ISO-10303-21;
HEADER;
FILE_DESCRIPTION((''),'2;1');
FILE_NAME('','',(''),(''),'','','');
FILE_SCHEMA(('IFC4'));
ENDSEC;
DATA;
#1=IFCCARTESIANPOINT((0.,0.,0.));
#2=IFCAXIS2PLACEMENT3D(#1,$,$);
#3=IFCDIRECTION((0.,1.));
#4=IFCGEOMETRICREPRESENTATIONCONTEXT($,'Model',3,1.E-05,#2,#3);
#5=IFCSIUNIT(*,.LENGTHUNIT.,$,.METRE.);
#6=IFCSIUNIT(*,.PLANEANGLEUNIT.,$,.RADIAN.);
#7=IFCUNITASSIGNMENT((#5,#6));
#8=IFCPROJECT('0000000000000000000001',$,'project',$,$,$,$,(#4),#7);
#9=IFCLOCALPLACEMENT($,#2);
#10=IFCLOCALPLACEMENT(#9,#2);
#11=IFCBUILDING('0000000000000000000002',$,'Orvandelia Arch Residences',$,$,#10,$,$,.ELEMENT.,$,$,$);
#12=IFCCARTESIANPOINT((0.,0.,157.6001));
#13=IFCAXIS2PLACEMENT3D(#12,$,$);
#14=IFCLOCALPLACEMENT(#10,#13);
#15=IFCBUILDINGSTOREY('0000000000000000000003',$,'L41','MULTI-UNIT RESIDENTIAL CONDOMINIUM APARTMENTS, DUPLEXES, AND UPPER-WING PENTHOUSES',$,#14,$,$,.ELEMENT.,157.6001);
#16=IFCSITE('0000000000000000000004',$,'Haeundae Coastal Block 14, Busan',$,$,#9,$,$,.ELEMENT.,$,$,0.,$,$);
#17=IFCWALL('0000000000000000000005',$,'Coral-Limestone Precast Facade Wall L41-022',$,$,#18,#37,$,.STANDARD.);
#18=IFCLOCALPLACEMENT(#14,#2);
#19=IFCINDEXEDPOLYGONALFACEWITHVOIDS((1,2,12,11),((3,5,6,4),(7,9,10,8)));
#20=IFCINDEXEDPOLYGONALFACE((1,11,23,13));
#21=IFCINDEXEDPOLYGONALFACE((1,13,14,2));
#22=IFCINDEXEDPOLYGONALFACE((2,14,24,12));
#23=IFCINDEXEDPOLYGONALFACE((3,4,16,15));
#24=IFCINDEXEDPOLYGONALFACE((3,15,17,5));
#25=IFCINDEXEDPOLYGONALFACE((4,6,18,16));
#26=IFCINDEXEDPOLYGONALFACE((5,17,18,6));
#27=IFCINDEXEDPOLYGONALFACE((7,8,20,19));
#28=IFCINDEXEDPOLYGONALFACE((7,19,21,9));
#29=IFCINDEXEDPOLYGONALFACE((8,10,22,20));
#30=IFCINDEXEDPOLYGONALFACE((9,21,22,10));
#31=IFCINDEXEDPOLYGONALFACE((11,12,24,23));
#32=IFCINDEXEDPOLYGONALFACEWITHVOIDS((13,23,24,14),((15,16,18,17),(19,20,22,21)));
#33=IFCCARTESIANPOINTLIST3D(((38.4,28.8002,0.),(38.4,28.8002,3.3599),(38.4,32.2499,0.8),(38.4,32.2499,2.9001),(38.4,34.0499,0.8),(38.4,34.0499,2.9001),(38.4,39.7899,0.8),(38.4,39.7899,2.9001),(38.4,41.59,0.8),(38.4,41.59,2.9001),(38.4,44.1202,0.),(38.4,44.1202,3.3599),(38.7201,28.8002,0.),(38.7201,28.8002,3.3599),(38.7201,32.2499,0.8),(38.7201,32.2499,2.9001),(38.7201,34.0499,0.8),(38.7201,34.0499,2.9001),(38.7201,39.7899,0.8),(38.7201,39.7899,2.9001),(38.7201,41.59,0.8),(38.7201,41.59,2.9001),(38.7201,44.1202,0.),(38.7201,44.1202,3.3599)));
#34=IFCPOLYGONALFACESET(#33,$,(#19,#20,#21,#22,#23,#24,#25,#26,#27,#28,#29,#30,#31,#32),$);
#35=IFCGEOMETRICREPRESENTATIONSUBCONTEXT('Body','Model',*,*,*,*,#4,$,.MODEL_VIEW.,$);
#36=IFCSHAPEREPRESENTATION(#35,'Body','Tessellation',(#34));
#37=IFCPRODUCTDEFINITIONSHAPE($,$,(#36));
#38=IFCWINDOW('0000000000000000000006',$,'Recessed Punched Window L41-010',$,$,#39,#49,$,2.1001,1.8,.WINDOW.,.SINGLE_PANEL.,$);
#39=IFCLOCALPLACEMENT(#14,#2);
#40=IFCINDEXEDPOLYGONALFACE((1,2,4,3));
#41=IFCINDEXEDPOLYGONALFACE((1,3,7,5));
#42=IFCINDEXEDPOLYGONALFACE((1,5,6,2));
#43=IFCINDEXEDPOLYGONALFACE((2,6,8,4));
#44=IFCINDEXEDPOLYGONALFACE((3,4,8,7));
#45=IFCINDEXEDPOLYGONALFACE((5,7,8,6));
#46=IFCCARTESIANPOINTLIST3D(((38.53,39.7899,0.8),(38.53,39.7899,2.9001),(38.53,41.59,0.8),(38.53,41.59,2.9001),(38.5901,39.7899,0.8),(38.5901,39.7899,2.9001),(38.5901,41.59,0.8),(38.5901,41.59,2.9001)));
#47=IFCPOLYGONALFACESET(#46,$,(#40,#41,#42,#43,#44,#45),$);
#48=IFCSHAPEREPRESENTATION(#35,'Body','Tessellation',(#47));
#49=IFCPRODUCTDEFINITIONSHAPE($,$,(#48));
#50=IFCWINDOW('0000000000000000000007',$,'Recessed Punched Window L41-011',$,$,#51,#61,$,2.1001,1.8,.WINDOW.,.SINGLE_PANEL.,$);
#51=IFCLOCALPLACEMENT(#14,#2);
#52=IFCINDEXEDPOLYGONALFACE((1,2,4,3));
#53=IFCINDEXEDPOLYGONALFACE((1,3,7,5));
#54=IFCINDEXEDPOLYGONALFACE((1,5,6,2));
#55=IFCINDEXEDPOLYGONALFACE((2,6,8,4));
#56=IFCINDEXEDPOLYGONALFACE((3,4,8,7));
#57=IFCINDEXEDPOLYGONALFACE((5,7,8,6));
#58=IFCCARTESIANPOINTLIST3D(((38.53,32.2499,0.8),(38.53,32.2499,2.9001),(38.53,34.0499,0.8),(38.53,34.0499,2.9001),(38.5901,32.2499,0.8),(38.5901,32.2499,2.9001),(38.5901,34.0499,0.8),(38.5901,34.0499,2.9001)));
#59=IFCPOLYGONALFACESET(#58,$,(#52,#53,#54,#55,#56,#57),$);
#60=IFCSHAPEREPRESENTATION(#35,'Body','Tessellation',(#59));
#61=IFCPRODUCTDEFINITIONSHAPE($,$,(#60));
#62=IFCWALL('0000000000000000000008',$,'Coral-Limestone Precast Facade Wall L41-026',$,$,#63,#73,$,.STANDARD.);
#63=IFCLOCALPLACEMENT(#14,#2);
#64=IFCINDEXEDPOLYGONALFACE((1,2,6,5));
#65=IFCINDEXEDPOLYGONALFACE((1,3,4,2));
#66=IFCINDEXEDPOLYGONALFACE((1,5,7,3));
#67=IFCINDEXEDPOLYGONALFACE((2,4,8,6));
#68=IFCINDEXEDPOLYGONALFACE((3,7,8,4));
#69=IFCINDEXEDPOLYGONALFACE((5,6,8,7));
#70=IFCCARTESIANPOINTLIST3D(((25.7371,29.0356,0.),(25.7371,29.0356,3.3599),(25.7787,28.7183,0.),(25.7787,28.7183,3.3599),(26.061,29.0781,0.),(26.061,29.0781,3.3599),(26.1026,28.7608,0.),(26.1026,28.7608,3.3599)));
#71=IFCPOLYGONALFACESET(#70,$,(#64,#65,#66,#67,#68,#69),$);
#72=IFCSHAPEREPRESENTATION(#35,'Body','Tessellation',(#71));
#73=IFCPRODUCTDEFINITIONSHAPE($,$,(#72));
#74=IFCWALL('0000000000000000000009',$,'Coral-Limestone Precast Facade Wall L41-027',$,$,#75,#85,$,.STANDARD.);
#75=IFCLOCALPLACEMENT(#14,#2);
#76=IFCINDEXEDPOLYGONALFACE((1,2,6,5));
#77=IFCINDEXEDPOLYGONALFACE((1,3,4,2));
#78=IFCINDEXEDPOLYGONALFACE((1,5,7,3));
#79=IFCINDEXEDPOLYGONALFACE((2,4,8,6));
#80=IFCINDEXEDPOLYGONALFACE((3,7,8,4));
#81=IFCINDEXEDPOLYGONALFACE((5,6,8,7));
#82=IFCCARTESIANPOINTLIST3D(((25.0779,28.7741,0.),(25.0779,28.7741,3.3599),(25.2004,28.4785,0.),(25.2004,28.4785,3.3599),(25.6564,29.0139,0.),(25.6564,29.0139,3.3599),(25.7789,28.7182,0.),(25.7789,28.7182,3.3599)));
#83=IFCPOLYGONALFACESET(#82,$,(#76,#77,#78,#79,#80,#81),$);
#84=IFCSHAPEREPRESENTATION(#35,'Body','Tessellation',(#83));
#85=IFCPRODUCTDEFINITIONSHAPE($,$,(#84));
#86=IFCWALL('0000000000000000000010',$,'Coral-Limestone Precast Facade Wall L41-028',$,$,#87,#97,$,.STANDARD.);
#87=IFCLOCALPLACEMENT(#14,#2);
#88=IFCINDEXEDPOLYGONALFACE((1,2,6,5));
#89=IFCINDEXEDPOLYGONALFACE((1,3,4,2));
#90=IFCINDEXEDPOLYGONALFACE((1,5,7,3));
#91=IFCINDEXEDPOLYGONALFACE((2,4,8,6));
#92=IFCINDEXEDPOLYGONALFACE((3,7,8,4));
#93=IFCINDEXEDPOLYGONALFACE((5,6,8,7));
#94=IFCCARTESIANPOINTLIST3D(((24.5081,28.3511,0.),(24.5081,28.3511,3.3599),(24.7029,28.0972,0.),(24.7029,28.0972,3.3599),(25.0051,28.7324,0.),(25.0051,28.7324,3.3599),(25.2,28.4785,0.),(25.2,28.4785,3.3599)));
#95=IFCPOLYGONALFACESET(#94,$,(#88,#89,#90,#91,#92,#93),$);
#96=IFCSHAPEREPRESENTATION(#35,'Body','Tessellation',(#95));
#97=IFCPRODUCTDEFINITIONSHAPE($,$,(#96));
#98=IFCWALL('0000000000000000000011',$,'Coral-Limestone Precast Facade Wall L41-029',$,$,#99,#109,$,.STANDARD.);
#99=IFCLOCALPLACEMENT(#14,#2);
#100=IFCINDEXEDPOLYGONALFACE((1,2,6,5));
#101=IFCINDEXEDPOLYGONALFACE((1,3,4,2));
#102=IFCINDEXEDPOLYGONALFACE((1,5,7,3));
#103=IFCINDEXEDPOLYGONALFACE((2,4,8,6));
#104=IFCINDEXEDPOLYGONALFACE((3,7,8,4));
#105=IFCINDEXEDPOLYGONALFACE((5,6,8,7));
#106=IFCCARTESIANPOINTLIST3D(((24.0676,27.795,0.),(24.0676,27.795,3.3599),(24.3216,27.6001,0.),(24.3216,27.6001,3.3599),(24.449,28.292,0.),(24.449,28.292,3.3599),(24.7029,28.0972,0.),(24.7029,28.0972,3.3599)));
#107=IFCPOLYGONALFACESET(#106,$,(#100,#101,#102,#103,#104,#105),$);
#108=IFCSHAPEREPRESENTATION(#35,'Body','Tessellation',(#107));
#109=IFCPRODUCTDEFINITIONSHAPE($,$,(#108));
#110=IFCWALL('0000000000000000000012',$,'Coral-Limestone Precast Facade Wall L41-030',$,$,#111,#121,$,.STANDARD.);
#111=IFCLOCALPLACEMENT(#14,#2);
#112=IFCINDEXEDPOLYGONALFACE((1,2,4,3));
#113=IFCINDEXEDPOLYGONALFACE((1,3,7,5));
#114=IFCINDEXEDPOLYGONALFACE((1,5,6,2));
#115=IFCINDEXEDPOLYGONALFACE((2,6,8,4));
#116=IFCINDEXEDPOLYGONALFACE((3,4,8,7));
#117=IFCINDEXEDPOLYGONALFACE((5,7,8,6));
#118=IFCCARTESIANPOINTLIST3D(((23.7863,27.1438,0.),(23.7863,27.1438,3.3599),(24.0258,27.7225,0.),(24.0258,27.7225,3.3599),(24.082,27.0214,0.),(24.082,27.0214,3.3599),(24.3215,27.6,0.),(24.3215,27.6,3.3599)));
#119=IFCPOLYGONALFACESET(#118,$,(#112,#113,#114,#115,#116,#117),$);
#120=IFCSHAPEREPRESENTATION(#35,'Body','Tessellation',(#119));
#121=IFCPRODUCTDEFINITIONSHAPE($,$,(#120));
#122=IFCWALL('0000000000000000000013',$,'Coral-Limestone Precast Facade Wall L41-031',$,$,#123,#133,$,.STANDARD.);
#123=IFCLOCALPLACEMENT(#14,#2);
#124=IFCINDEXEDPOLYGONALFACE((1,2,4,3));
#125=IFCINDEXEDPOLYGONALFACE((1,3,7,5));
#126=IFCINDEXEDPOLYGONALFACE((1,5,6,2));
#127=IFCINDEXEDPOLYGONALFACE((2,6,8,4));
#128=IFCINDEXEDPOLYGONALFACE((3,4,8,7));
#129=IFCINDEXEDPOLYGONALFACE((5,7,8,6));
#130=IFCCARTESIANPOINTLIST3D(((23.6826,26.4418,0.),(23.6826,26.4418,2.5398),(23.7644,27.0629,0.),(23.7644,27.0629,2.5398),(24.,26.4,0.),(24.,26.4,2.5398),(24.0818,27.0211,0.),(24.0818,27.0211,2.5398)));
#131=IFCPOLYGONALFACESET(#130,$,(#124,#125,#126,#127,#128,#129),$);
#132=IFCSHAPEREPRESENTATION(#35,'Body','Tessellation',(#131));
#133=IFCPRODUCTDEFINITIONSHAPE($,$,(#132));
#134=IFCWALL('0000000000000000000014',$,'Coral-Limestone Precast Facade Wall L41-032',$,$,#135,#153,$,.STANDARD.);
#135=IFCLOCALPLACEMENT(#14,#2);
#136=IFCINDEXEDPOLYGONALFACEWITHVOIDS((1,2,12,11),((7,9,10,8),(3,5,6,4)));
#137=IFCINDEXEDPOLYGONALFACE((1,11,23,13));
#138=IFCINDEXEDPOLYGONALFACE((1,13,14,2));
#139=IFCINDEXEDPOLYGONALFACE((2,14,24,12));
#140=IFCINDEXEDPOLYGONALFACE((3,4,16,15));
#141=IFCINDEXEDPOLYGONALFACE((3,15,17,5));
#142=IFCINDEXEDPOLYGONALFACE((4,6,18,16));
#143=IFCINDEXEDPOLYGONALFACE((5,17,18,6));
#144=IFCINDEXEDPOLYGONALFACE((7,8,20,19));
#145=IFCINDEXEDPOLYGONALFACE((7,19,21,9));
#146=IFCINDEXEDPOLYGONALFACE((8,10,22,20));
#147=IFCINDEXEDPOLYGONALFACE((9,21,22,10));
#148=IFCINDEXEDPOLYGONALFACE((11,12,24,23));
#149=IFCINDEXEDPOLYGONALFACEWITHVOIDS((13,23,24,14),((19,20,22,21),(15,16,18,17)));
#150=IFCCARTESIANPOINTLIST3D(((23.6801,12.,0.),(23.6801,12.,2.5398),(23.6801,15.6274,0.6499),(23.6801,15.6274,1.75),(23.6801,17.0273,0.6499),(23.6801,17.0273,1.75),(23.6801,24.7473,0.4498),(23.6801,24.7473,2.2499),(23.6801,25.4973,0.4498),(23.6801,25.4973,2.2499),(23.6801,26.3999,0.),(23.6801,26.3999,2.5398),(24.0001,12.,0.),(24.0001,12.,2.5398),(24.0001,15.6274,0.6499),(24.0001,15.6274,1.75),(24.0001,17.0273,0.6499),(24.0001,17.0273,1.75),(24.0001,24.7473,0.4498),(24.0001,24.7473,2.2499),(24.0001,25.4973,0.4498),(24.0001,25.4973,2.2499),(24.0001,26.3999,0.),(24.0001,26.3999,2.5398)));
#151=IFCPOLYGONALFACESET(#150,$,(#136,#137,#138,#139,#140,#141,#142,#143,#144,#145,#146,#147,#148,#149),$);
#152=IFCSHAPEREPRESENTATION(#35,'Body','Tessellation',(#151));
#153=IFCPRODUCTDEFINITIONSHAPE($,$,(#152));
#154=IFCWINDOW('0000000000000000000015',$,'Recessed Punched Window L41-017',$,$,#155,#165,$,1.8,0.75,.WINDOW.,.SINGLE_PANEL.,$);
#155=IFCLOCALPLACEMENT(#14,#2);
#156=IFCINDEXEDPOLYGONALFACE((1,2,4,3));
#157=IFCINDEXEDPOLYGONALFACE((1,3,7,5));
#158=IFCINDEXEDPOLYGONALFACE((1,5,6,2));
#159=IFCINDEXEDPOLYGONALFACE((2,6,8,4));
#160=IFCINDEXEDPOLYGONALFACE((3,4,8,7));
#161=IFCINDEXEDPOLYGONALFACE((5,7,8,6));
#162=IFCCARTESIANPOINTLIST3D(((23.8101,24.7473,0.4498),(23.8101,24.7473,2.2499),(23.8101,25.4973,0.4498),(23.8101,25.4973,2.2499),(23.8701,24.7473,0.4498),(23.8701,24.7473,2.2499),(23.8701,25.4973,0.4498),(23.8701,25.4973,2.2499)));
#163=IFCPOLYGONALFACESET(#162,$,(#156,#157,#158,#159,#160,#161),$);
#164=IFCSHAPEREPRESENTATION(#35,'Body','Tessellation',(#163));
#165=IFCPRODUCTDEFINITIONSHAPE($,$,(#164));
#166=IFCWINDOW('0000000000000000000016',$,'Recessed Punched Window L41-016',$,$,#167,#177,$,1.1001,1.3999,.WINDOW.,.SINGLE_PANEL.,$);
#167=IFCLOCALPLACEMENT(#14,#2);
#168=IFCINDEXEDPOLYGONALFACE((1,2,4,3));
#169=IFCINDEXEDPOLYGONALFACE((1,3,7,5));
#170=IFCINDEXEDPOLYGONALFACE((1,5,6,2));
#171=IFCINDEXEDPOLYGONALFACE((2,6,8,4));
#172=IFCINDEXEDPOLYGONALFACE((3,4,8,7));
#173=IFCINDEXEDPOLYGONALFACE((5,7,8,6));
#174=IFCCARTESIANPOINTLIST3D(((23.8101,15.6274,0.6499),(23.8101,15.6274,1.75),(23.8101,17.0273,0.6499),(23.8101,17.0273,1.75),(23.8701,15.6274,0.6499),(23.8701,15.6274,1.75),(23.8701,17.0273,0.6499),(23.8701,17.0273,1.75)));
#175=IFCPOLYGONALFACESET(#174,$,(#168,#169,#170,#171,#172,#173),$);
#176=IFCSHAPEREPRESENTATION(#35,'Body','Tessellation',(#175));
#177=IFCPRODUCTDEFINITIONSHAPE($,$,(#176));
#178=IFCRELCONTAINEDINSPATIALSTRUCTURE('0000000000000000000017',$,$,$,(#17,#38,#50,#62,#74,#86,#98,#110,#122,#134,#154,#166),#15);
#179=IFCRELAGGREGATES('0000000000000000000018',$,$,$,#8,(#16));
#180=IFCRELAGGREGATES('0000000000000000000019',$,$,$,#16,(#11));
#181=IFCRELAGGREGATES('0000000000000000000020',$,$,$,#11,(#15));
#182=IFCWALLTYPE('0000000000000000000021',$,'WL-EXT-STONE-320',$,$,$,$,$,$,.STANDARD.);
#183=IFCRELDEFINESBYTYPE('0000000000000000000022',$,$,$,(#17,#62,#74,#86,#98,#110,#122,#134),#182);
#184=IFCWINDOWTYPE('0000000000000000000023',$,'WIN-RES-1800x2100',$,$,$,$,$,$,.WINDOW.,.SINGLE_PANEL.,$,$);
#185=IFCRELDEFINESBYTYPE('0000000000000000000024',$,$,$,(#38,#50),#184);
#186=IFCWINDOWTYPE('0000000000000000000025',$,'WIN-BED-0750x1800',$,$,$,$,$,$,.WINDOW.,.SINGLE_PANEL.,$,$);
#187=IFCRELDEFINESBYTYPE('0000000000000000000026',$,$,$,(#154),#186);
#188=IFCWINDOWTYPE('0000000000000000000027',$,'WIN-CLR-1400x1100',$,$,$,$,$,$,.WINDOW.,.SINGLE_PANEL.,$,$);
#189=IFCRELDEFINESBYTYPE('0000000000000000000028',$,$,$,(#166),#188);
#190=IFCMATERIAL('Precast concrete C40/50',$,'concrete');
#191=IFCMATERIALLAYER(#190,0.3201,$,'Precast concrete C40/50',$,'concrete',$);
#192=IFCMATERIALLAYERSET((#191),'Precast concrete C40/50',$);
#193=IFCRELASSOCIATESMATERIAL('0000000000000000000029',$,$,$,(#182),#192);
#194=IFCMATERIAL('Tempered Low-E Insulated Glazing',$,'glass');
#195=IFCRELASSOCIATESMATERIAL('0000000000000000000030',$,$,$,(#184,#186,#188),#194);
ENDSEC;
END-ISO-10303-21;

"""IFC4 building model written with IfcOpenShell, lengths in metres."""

from ifc_helpers import new_model, si_unit, direction, frame, frame_2d, origin, place, context, subcontext, project, spatial, rectangle, extrude, material, layer, layer_set, type_object, element, fill, save


model = new_model("IFC4")

# Units and contexts
model_context = context("Model", 3, precision=1e-05, world=origin(), true_north=direction((0.0, 1.0)))
body_context = subcontext(model_context, "Body", "Model", "MODEL_VIEW")
ifc_project = project(units=[si_unit("LENGTHUNIT", "METRE"), si_unit("PLANEANGLEUNIT", "RADIAN")], contexts=[model_context])

# Site, building, storey
site_placement = place(None, origin())
site = spatial("IfcSite", under=ifc_project, at=site_placement, Name="Haeundae Coastal Block 14, Busan", CompositionType="ELEMENT", RefElevation=0.0)
building_placement = place(site_placement, origin())
building = spatial("IfcBuilding", under=site, at=building_placement, Name="Orvandelia Arch Residences", CompositionType="ELEMENT")
storey_placement = place(building_placement, frame((0.0, 0.0, 157.6001)))
storey = spatial("IfcBuildingStorey", under=building, at=storey_placement, Name="L41", Description="MULTI-UNIT RESIDENTIAL CONDOMINIUM APARTMENTS, DUPLEXES, AND UPPER-WING PENTHOUSES", CompositionType="ELEMENT", Elevation=157.6001)

# Wall, openings, windows
ifc_material_1 = material(Name="Precast concrete C40/50", Category="concrete")
ifc_layer = layer(ifc_material_1, 0.3201, Name="Precast concrete C40/50", Category="concrete")
ifc_layer_set = layer_set([ifc_layer], Name="Precast concrete C40/50")
wall_type = type_object("IfcWallType", Name="WL-EXT-STONE-320", PredefinedType="STANDARD", material=ifc_layer_set)
wall_1_placement = place(storey_placement, frame((38.5601, 28.8, 0.0), z_axis=(0.0, 0.0, 1.0), x_axis=(0.0, 1.0, 0.0)))
wall_1 = element("IfcWall", 1, at=wall_1_placement, inside=storey, type_object=wall_type, Name="Coral-Limestone Precast Facade Wall L41-022", PredefinedType="STANDARD", context=body_context, shape_type="SweptSolid", body=[
    extrude(rectangle(XDim=15.3201, YDim=0.3201, at=frame_2d((7.6602, 0.0))), origin(), (0.0, 0.0, 1.0), 3.3599),
])
opening_1_placement = place(wall_1_placement, frame((10.99, 0.0, 0.8)))
opening_1 = element("IfcOpeningElement", 2, at=opening_1_placement, cuts=wall_1, PredefinedType="OPENING", context=body_context, shape_type="SweptSolid", body=[
    extrude(rectangle(XDim=1.8, YDim=2.1001, at=frame_2d((0.8999, 1.05))), frame((0.0, 0.1699, 0.0), z_axis=(0.0, -1.0, 0.0), x_axis=(1.0, 0.0, 0.0)), (0.0, 0.0, 1.0), 0.3401),
])
opening_2_placement = place(wall_1_placement, frame((3.45, 0.0, 0.8)))
opening_2 = element("IfcOpeningElement", 3, at=opening_2_placement, cuts=wall_1, PredefinedType="OPENING", context=body_context, shape_type="SweptSolid", body=[
    extrude(rectangle(XDim=1.8, YDim=2.1001, at=frame_2d((0.8999, 1.05))), frame((0.0, 0.1699, 0.0), z_axis=(0.0, -1.0, 0.0), x_axis=(1.0, 0.0, 0.0)), (0.0, 0.0, 1.0), 0.3401),
])
ifc_material_2 = material(Name="Tempered Low-E Insulated Glazing", Category="glass")
window_type_1 = type_object("IfcWindowType", Name="WIN-RES-1800x2100", PartitioningType="SINGLE_PANEL", PredefinedType="WINDOW", material=ifc_material_2)
window_1_placement = place(opening_1_placement, origin())
window_1 = element("IfcWindow", 4, at=window_1_placement, inside=storey, type_object=window_type_1, Name="Recessed Punched Window L41-010", OverallHeight=2.1001, OverallWidth=1.8, PartitioningType="SINGLE_PANEL", PredefinedType="WINDOW", context=body_context, shape_type="SweptSolid", body=[
    extrude(rectangle(XDim=1.8, YDim=2.1001, at=frame_2d((0.8999, 1.05))), frame((0.0, 0.03, 0.0), z_axis=(0.0, -1.0, 0.0), x_axis=(1.0, 0.0, 0.0)), (0.0, 0.0, 1.0), 0.0601),
])
fill(opening_1, window_1)
window_2_placement = place(opening_2_placement, origin())
window_2 = element("IfcWindow", 5, at=window_2_placement, inside=storey, type_object=window_type_1, Name="Recessed Punched Window L41-011", OverallHeight=2.1001, OverallWidth=1.8, PartitioningType="SINGLE_PANEL", PredefinedType="WINDOW", context=body_context, shape_type="SweptSolid", body=[
    extrude(rectangle(XDim=1.8, YDim=2.1001, at=frame_2d((0.8999, 1.05))), frame((0.0, 0.03, 0.0), z_axis=(0.0, -1.0, 0.0), x_axis=(1.0, 0.0, 0.0)), (0.0, 0.0, 1.0), 0.0601),
])
fill(opening_2, window_2)

# Walls
wall_2_placement = place(storey_placement, frame((26.0818, 28.9194, 0.0), z_axis=(0.0, 0.0, 1.0), x_axis=(-0.991513, -0.13001, 0.0)))
element("IfcWall", 6, at=wall_2_placement, inside=storey, type_object=wall_type, Name="Coral-Limestone Precast Facade Wall L41-026", PredefinedType="STANDARD", context=body_context, shape_type="SweptSolid", body=[
    extrude(rectangle(XDim=0.3267, YDim=0.3201, at=frame_2d((0.1633, 0.0))), origin(), (0.0, 0.0, 1.0), 3.3599),
])
wall_3_placement = place(storey_placement, frame((25.7175, 28.866, 0.0), z_axis=(0.0, 0.0, 1.0), x_axis=(-0.923836, -0.382788, 0.0)))
element("IfcWall", 7, at=wall_3_placement, inside=storey, type_object=wall_type, Name="Coral-Limestone Precast Facade Wall L41-027", PredefinedType="STANDARD", context=body_context, shape_type="SweptSolid", body=[
    extrude(rectangle(XDim=0.6262, YDim=0.3201, at=frame_2d((0.313, 0.0))), origin(), (0.0, 0.0, 1.0), 3.3599),
])
for number, where, z_axis, x_axis, name in (
    (8, (25.1025, 28.6055, 0.0), (0.0, 0.0, 1.0), (-0.793406, -0.608693, 0.0), "Coral-Limestone Precast Facade Wall L41-028"),
    (9, (24.5759, 28.1946, 0.0), (0.0, 0.0, 1.0), (-0.608693, -0.793406, 0.0), "Coral-Limestone Precast Facade Wall L41-029"),
):
    element("IfcWall", number, at=place(storey_placement, frame(where, z_axis=z_axis, x_axis=x_axis)), inside=storey, type_object=wall_type, Name=name, PredefinedType="STANDARD", context=body_context, shape_type="SweptSolid", body=[
        extrude(rectangle(XDim=0.6265, YDim=0.3201, at=frame_2d((0.3132, 0.0))), origin(), (0.0, 0.0, 1.0), 3.3599),
    ])
wall_4_placement = place(storey_placement, frame((24.1736, 27.6611, 0.0), z_axis=(0.0, 0.0, 1.0), x_axis=(-0.382455, -0.923974, 0.0)))
element("IfcWall", 10, at=wall_4_placement, inside=storey, type_object=wall_type, Name="Coral-Limestone Precast Facade Wall L41-030", PredefinedType="STANDARD", context=body_context, shape_type="SweptSolid", body=[
    extrude(rectangle(XDim=0.6262, YDim=0.3201, at=frame_2d((0.313, 0.0))), origin(), (0.0, 0.0, 1.0), 3.3599),
])
wall_5_placement = place(storey_placement, frame((23.9231, 27.042, 0.0), z_axis=(0.0, 0.0, 1.0), x_axis=(-0.130555, -0.991441, 0.0)))
element("IfcWall", 11, at=wall_5_placement, inside=storey, type_object=wall_type, Name="Coral-Limestone Precast Facade Wall L41-031", PredefinedType="STANDARD", context=body_context, shape_type="SweptSolid", body=[
    extrude(rectangle(XDim=0.6265, YDim=0.3201, at=frame_2d((0.3132, 0.0))), origin(), (0.0, 0.0, 1.0), 2.5398),
])

# Wall, openings, windows
wall_6_placement = place(storey_placement, frame((23.8401, 26.3999, 0.0), z_axis=(0.0, 0.0, 1.0), x_axis=(0.0, -1.0, 0.0)))
wall_6 = element("IfcWall", 12, at=wall_6_placement, inside=storey, type_object=wall_type, Name="Coral-Limestone Precast Facade Wall L41-032", PredefinedType="STANDARD", context=body_context, shape_type="SweptSolid", body=[
    extrude(rectangle(XDim=14.3999, YDim=0.3201, at=frame_2d((7.2, 0.0))), origin(), (0.0, 0.0, 1.0), 2.5398),
])
opening_3_placement = place(wall_6_placement, frame((9.3726, 0.0, 0.6499)))
opening_3 = element("IfcOpeningElement", 13, at=opening_3_placement, cuts=wall_6, PredefinedType="OPENING", context=body_context, shape_type="SweptSolid", body=[
    extrude(rectangle(XDim=1.3999, YDim=1.1001, at=frame_2d((0.7, 0.55))), frame((0.0, 0.1699, 0.0), z_axis=(0.0, -1.0, 0.0), x_axis=(1.0, 0.0, 0.0)), (0.0, 0.0, 1.0), 0.3401),
])
opening_4_placement = place(wall_6_placement, frame((0.9026, 0.0, 0.45)))
opening_4 = element("IfcOpeningElement", 14, at=opening_4_placement, cuts=wall_6, PredefinedType="OPENING", context=body_context, shape_type="SweptSolid", body=[
    extrude(rectangle(XDim=0.75, YDim=1.8, at=frame_2d((0.375, 0.8999))), frame((0.0, 0.1699, 0.0), z_axis=(0.0, -1.0, 0.0), x_axis=(1.0, 0.0, 0.0)), (0.0, 0.0, 1.0), 0.3401),
])
window_type_2 = type_object("IfcWindowType", Name="WIN-BED-0750x1800", PartitioningType="SINGLE_PANEL", PredefinedType="WINDOW", material=ifc_material_2)
window_3_placement = place(opening_4_placement, origin())
window_3 = element("IfcWindow", 15, at=window_3_placement, inside=storey, type_object=window_type_2, Name="Recessed Punched Window L41-017", OverallHeight=1.8, OverallWidth=0.75, PartitioningType="SINGLE_PANEL", PredefinedType="WINDOW", context=body_context, shape_type="SweptSolid", body=[
    extrude(rectangle(XDim=0.75, YDim=1.8, at=frame_2d((0.375, 0.8999))), frame((0.0, 0.03, 0.0), z_axis=(0.0, -1.0, 0.0), x_axis=(1.0, 0.0, 0.0)), (0.0, 0.0, 1.0), 0.0601),
])
fill(opening_4, window_3)
window_type_3 = type_object("IfcWindowType", Name="WIN-CLR-1400x1100", PartitioningType="SINGLE_PANEL", PredefinedType="WINDOW", material=ifc_material_2)
window_4_placement = place(opening_3_placement, origin())
window_4 = element("IfcWindow", 16, at=window_4_placement, inside=storey, type_object=window_type_3, Name="Recessed Punched Window L41-016", OverallHeight=1.1001, OverallWidth=1.3999, PartitioningType="SINGLE_PANEL", PredefinedType="WINDOW", context=body_context, shape_type="SweptSolid", body=[
    extrude(rectangle(XDim=1.3999, YDim=1.1001, at=frame_2d((0.7, 0.55))), frame((0.0, 0.03, 0.0), z_axis=(0.0, -1.0, 0.0), x_axis=(1.0, 0.0, 0.0)), (0.0, 0.0, 1.0), 0.0601),
])
fill(opening_3, window_4)

save(model, "model.ifc")
